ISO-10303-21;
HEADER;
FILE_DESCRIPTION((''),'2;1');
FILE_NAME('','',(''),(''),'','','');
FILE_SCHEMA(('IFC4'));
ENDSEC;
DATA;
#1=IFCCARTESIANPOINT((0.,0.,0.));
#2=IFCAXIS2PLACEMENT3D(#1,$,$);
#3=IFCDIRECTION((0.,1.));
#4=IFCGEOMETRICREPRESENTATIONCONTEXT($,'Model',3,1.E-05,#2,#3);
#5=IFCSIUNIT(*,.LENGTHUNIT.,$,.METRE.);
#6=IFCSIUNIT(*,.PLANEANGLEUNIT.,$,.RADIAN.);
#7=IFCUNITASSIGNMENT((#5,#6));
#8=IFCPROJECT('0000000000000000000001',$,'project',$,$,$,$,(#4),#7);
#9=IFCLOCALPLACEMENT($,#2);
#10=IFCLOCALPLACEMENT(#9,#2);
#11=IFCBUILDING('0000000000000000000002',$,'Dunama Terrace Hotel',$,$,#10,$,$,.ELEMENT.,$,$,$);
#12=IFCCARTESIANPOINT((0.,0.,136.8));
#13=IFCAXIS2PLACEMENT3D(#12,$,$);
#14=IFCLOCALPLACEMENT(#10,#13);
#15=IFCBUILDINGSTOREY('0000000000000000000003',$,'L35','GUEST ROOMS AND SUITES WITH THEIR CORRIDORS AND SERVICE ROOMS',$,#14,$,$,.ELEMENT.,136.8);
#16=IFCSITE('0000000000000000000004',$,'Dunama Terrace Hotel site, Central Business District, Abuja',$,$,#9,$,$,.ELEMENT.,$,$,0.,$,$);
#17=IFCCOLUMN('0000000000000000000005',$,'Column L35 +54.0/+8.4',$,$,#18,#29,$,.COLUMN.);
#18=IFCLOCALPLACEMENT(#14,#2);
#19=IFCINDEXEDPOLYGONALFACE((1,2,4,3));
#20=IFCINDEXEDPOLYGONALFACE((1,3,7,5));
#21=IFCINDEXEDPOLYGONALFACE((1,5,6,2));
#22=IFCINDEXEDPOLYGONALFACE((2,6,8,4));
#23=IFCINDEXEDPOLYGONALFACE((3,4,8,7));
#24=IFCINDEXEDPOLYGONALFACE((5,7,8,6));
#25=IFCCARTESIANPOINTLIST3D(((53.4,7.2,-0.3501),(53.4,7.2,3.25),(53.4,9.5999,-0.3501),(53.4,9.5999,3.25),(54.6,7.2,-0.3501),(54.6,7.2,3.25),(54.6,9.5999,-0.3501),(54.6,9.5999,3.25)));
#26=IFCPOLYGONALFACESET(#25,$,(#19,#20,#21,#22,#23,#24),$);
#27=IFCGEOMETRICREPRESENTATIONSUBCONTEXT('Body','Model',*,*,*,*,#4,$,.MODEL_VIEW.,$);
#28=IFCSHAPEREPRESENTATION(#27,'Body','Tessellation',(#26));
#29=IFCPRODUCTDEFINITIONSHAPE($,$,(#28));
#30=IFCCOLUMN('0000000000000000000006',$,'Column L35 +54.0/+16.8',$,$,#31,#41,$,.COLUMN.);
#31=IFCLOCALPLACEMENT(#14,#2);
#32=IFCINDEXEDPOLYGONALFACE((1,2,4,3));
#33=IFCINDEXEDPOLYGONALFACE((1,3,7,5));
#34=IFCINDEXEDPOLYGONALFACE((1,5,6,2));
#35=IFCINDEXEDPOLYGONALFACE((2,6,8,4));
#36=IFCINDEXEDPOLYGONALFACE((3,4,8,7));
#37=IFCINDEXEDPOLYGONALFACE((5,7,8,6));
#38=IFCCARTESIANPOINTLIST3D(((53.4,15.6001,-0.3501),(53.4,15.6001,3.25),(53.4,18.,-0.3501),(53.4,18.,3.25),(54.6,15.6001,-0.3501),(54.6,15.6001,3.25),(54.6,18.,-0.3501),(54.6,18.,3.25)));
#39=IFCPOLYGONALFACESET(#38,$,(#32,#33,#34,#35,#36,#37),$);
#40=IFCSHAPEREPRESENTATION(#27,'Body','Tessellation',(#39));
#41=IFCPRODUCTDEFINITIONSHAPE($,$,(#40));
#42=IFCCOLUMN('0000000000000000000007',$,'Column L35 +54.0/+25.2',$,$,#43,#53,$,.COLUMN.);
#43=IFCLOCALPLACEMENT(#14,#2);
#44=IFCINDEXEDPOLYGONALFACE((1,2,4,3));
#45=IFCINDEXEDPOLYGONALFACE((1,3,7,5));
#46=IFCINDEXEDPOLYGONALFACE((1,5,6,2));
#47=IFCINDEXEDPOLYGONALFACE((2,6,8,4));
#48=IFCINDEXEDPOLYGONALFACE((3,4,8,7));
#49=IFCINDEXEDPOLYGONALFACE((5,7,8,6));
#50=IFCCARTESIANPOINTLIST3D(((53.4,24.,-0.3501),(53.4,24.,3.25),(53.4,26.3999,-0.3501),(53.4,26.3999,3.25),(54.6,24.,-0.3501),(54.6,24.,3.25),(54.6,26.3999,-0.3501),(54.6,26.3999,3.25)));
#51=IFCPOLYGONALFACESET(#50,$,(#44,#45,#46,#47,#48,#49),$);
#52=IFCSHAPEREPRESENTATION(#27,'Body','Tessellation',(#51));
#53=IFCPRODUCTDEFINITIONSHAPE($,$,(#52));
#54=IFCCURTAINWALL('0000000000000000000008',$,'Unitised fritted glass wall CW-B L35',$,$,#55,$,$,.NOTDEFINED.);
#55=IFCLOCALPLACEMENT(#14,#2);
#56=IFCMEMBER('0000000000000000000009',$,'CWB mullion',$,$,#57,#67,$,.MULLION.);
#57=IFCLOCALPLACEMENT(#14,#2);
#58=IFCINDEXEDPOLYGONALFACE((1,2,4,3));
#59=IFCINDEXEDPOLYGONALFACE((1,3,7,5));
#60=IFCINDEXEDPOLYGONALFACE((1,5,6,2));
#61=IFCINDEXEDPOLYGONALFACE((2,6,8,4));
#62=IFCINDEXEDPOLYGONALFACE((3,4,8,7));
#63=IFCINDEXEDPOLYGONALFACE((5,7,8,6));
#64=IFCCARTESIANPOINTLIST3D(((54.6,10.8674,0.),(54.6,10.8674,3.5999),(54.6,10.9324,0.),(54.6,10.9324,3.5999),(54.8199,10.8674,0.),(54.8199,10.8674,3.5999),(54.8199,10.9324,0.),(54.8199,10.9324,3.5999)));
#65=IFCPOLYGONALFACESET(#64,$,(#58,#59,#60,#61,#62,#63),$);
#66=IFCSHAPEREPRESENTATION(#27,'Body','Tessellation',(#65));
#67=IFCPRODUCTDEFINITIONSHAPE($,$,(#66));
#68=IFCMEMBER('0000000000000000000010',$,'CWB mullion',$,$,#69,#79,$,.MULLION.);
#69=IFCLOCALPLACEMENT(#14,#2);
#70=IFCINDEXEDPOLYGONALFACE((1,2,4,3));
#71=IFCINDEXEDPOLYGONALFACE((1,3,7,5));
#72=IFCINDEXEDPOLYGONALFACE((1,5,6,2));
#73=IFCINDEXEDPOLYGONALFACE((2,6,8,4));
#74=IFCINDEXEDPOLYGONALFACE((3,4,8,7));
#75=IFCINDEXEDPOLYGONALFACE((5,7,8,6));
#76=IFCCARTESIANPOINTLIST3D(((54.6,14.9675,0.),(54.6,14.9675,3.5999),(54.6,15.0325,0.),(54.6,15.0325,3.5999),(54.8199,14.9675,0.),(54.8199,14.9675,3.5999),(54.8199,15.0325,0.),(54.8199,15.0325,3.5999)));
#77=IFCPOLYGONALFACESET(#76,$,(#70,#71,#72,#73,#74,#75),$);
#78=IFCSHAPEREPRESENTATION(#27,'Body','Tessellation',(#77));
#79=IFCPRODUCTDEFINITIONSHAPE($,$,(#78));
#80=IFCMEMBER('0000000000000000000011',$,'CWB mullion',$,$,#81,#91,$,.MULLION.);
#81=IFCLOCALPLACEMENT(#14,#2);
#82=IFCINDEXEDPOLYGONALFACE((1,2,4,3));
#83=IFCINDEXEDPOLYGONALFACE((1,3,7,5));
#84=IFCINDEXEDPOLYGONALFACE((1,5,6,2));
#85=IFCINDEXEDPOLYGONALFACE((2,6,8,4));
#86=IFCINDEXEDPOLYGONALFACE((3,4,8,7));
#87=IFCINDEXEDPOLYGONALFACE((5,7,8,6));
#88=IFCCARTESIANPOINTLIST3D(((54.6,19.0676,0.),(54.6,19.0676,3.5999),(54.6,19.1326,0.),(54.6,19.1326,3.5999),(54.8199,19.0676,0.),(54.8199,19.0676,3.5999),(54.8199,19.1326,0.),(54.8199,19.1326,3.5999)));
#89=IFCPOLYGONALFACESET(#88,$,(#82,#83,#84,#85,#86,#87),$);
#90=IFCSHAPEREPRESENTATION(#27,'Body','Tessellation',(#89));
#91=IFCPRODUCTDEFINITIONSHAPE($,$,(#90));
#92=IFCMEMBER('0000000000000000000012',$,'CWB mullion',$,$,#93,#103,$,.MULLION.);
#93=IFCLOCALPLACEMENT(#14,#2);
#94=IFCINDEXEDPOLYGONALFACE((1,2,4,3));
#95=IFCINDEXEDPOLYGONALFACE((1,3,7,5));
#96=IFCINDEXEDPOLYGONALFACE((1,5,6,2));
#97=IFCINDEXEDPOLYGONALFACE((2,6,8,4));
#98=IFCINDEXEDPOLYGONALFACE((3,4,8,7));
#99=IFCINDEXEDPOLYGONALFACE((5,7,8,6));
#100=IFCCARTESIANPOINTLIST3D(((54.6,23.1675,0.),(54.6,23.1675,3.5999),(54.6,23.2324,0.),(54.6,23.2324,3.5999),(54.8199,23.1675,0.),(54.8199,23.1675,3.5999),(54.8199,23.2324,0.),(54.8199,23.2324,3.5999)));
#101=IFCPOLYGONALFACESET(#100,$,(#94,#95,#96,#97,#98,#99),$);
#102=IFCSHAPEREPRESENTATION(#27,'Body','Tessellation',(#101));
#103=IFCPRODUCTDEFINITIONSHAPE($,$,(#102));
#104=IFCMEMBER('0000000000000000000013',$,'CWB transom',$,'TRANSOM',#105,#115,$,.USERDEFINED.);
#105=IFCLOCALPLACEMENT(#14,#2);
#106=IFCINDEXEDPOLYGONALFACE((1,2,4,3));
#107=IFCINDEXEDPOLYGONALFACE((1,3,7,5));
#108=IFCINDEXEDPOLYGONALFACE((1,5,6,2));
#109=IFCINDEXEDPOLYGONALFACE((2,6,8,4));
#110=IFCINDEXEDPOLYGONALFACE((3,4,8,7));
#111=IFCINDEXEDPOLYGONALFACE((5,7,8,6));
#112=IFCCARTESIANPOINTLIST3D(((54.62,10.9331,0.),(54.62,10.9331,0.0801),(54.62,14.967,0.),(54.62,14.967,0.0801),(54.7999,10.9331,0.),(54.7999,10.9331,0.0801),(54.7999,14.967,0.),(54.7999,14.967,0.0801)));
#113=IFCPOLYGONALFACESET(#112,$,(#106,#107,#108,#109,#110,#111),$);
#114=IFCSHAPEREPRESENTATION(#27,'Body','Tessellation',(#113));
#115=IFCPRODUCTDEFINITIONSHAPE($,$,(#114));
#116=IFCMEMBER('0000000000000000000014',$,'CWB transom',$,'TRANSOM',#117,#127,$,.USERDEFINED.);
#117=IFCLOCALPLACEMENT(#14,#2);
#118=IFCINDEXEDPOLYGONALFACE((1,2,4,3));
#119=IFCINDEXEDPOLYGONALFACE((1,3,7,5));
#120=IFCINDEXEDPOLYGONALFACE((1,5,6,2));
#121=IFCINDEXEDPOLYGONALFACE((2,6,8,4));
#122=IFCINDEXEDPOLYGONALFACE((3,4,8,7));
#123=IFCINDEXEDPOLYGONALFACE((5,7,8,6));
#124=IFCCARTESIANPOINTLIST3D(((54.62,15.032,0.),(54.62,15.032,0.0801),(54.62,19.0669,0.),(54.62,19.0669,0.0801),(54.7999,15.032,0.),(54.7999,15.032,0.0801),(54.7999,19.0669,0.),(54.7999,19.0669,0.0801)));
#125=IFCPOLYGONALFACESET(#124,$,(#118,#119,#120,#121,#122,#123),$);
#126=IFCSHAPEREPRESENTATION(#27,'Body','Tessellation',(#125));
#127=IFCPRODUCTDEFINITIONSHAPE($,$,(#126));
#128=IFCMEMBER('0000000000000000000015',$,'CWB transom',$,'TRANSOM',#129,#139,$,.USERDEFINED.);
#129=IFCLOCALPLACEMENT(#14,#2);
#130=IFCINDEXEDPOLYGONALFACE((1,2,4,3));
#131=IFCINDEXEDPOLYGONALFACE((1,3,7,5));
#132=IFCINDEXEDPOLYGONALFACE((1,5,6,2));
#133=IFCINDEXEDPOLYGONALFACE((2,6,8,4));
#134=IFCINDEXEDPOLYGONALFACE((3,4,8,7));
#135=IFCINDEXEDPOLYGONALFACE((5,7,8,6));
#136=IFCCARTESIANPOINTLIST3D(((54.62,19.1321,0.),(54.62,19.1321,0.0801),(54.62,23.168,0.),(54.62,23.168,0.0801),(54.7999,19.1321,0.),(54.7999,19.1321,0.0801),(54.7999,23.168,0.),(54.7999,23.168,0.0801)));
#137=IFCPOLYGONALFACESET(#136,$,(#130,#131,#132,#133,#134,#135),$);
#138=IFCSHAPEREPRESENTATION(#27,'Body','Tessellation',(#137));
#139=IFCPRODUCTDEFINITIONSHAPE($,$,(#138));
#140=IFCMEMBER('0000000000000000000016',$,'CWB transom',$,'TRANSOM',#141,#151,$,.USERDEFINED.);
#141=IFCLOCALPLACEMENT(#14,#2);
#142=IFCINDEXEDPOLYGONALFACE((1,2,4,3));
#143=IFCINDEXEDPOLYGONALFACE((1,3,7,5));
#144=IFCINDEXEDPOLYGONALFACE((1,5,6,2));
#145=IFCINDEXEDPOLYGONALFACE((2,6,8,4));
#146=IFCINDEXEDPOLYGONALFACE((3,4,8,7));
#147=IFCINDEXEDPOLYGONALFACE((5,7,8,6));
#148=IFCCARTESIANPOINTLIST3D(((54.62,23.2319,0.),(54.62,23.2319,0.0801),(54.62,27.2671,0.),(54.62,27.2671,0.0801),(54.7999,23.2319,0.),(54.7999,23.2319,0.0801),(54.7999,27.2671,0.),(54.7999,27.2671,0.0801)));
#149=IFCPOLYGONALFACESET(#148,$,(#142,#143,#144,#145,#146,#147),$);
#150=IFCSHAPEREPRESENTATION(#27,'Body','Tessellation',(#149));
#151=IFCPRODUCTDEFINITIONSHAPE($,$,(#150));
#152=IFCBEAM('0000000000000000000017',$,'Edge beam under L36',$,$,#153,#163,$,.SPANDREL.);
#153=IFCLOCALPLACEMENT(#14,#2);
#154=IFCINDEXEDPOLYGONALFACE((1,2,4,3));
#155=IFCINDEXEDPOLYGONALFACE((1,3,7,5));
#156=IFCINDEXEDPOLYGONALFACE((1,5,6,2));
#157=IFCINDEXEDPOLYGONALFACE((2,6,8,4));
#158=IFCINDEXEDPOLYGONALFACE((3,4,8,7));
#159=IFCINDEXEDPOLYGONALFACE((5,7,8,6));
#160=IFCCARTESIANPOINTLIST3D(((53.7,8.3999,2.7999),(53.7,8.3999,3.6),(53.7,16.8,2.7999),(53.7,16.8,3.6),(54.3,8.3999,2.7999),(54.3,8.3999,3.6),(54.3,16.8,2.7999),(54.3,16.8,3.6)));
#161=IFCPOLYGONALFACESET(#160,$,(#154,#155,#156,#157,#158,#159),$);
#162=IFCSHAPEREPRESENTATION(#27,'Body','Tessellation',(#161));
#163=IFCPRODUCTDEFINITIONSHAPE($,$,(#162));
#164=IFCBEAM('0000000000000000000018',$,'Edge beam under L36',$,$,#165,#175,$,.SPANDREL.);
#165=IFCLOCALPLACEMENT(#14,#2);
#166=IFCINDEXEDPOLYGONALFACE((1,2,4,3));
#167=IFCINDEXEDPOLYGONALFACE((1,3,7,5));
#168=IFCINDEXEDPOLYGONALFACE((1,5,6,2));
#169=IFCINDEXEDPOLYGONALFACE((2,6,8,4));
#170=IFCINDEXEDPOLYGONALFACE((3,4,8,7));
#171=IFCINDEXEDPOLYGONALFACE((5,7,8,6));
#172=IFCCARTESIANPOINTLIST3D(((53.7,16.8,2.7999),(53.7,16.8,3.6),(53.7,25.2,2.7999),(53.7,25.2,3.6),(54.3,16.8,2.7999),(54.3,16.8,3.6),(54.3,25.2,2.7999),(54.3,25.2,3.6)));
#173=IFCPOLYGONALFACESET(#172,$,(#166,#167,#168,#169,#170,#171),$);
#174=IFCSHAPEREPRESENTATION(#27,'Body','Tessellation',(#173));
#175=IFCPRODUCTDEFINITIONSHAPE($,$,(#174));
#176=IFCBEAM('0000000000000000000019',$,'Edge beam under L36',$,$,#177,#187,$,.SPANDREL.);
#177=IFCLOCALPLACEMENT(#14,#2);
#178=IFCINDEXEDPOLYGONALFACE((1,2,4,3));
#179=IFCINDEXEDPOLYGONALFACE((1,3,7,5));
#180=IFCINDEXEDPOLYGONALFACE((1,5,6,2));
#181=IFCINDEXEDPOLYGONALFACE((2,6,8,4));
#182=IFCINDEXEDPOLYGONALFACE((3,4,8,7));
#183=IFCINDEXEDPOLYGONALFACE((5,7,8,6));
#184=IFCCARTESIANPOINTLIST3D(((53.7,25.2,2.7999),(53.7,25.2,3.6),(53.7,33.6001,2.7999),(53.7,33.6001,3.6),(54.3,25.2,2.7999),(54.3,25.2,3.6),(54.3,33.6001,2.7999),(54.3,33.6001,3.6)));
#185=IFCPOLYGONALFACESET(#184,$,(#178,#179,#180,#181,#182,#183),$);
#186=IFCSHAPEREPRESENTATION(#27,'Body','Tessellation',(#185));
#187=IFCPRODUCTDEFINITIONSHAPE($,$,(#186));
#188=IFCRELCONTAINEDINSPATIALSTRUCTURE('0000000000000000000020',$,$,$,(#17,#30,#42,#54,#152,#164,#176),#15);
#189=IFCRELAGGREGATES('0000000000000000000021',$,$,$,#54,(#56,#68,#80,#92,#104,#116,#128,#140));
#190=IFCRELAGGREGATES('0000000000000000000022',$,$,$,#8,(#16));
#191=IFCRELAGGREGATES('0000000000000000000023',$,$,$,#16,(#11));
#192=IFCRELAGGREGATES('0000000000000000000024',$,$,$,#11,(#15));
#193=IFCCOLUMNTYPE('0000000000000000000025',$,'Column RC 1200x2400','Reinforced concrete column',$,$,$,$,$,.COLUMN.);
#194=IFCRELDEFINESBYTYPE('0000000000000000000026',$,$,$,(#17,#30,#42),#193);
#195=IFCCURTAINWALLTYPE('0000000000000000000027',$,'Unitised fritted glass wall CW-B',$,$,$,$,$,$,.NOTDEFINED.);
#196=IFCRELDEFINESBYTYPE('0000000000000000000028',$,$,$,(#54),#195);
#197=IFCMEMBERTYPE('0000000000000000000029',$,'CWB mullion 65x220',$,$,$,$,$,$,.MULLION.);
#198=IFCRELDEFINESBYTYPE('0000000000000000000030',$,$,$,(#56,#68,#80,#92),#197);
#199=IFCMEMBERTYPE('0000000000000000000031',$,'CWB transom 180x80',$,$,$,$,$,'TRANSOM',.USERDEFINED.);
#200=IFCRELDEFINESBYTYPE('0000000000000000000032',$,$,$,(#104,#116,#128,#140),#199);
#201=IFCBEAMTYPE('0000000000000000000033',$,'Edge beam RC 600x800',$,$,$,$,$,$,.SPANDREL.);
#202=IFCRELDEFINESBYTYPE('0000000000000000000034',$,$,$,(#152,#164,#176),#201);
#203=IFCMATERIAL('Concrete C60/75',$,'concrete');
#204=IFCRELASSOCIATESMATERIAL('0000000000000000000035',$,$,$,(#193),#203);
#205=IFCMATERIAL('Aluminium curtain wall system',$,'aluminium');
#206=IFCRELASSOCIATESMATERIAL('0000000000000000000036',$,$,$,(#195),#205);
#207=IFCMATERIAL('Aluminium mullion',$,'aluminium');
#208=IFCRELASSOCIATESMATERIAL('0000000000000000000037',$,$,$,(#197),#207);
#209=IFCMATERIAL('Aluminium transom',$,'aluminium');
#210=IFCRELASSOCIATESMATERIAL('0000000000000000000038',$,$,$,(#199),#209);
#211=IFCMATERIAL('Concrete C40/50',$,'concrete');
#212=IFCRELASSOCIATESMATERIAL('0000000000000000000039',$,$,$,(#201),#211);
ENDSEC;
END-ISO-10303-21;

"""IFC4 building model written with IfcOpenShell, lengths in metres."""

from ifc_helpers import new_model, si_unit, direction, frame, origin, origin_2d, place, context, subcontext, project, spatial, rectangle, extrude, material, material_profile, profile_set, type_object, element, aggregate, save


model = new_model("IFC4")

# Units and contexts
model_context = context("Model", 3, precision=1e-05, world=origin(), true_north=direction((0.0, 1.0)))
body_context = subcontext(model_context, "Body", "Model", "MODEL_VIEW")
ifc_project = project(units=[si_unit("LENGTHUNIT", "METRE"), si_unit("PLANEANGLEUNIT", "RADIAN")], contexts=[model_context])

# Site, building, storey
site_placement = place(None, origin())
site = spatial("IfcSite", under=ifc_project, at=site_placement, Name="Dunama Terrace Hotel site, Central Business District, Abuja", CompositionType="ELEMENT", RefElevation=0.0)
building_placement = place(site_placement, origin())
building = spatial("IfcBuilding", under=site, at=building_placement, Name="Dunama Terrace Hotel", CompositionType="ELEMENT")
storey_placement = place(building_placement, frame((0.0, 0.0, 136.8)))
storey = spatial("IfcBuildingStorey", under=building, at=storey_placement, Name="L35", Description="GUEST ROOMS AND SUITES WITH THEIR CORRIDORS AND SERVICE ROOMS", CompositionType="ELEMENT", Elevation=136.8)

# Columns
ifc_material_1 = material(Name="Concrete C60/75", Category="concrete")
ifc_material_profile_1 = material_profile(ifc_material_1, rectangle(XDim=1.2, YDim=2.3999, at=origin_2d()), Name="RC 1200x2400")
ifc_profile_set_1 = profile_set([ifc_material_profile_1], Name="Concrete C60/75")
column_type = type_object("IfcColumnType", Name="Column RC 1200x2400", Description="Reinforced concrete column", PredefinedType="COLUMN", material=ifc_profile_set_1)
for number, where, z_axis, x_axis, name in (
    (1, (54.0, 8.3999, -0.3501), (0.0, 0.0, 1.0), (1.0, 0.0, 0.0), "Column L35 +54.0/+8.4"),
    (2, (54.0, 16.8, -0.3501), (0.0, 0.0, 1.0), (1.0, 0.0, 0.0), "Column L35 +54.0/+16.8"),
    (3, (54.0, 25.2, -0.3501), (0.0, 0.0, 1.0), (1.0, 0.0, 0.0), "Column L35 +54.0/+25.2"),
):
    element("IfcColumn", number, at=place(storey_placement, frame(where, z_axis=z_axis, x_axis=x_axis)), inside=storey, type_object=column_type, Name=name, PredefinedType="COLUMN", context=body_context, shape_type="SweptSolid", body=[
        extrude(rectangle(XDim=1.2, YDim=2.3999, at=origin_2d()), origin(), (0.0, 0.0, 1.0), 3.6001),
    ])

# Curtain wall, members
ifc_material_2 = material(Name="Aluminium curtain wall system", Category="aluminium")
curtain_wall_type = type_object("IfcCurtainWallType", Name="Unitised fritted glass wall CW-B", PredefinedType="NOTDEFINED", material=ifc_material_2)
curtain_wall_placement = place(storey_placement, origin())
curtain_wall = element("IfcCurtainWall", 4, at=curtain_wall_placement, inside=storey, type_object=curtain_wall_type, Name="Unitised fritted glass wall CW-B L35", PredefinedType="NOTDEFINED")
ifc_material_3 = material(Name="Aluminium mullion", Category="aluminium")
ifc_material_profile_2 = material_profile(ifc_material_3, rectangle(XDim=0.0649, YDim=0.22, at=origin_2d()), Name="CWB MULLION 65X220")
ifc_profile_set_2 = profile_set([ifc_material_profile_2], Name="Aluminium mullion")
member_type_1 = type_object("IfcMemberType", Name="CWB mullion 65x220", PredefinedType="MULLION", material=ifc_profile_set_2)
member_1_placement = place(storey_placement, frame((54.71, 10.8999, 0.0), z_axis=(0.0, 0.0, 1.0), x_axis=(0.0, 1.0, 0.0)))
member_1 = element("IfcMember", 5, at=member_1_placement, type_object=member_type_1, Name="CWB mullion", PredefinedType="MULLION", context=body_context, shape_type="SweptSolid", body=[
    extrude(rectangle(XDim=0.0649, YDim=0.22, at=origin_2d()), origin(), (0.0, 0.0, 1.0), 3.5999),
])
member_2_placement = place(storey_placement, frame((54.71, 15.0, 0.0), z_axis=(0.0, 0.0, 1.0), x_axis=(0.0, 1.0, 0.0)))
member_2 = element("IfcMember", 6, at=member_2_placement, type_object=member_type_1, Name="CWB mullion", PredefinedType="MULLION", context=body_context, shape_type="SweptSolid", body=[
    extrude(rectangle(XDim=0.0649, YDim=0.22, at=origin_2d()), origin(), (0.0, 0.0, 1.0), 3.5999),
])
member_3_placement = place(storey_placement, frame((54.71, 19.1001, 0.0), z_axis=(0.0, 0.0, 1.0), x_axis=(0.0, 1.0, 0.0)))
member_3 = element("IfcMember", 7, at=member_3_placement, type_object=member_type_1, Name="CWB mullion", PredefinedType="MULLION", context=body_context, shape_type="SweptSolid", body=[
    extrude(rectangle(XDim=0.0649, YDim=0.22, at=origin_2d()), origin(), (0.0, 0.0, 1.0), 3.5999),
])
member_4_placement = place(storey_placement, frame((54.71, 23.2, 0.0), z_axis=(0.0, 0.0, 1.0), x_axis=(0.0, 1.0, 0.0)))
member_4 = element("IfcMember", 8, at=member_4_placement, type_object=member_type_1, Name="CWB mullion", PredefinedType="MULLION", context=body_context, shape_type="SweptSolid", body=[
    extrude(rectangle(XDim=0.0649, YDim=0.22, at=origin_2d()), origin(), (0.0, 0.0, 1.0), 3.5999),
])
ifc_material_4 = material(Name="Aluminium transom", Category="aluminium")
ifc_material_profile_3 = material_profile(ifc_material_4, rectangle(XDim=0.1799, YDim=0.0801, at=origin_2d()), Name="CWB TRANSOM 180X80")
ifc_profile_set_3 = profile_set([ifc_material_profile_3], Name="Aluminium transom")
member_type_2 = type_object("IfcMemberType", Name="CWB transom 180x80", ElementType="TRANSOM", PredefinedType="USERDEFINED", material=ifc_profile_set_3)
member_5_placement = place(storey_placement, frame((54.71, 10.9331, 0.04), z_axis=(0.0, 1.0, 0.0), x_axis=(-1.0, 0.0, 0.0)))
member_5 = element("IfcMember", 9, at=member_5_placement, type_object=member_type_2, Name="CWB transom", ObjectType="TRANSOM", PredefinedType="USERDEFINED", context=body_context, shape_type="SweptSolid", body=[
    extrude(rectangle(XDim=0.1799, YDim=0.0801, at=origin_2d()), origin(), (0.0, 0.0, 1.0), 4.0339),
])
member_6_placement = place(storey_placement, frame((54.71, 15.032, 0.04), z_axis=(0.0, 1.0, 0.0), x_axis=(-1.0, 0.0, 0.0)))
member_6 = element("IfcMember", 10, at=member_6_placement, type_object=member_type_2, Name="CWB transom", ObjectType="TRANSOM", PredefinedType="USERDEFINED", context=body_context, shape_type="SweptSolid", body=[
    extrude(rectangle(XDim=0.1799, YDim=0.0801, at=origin_2d()), origin(), (0.0, 0.0, 1.0), 4.0349),
])
member_7_placement = place(storey_placement, frame((54.71, 19.1321, 0.04), z_axis=(0.0, 1.0, 0.0), x_axis=(-1.0, 0.0, 0.0)))
member_7 = element("IfcMember", 11, at=member_7_placement, type_object=member_type_2, Name="CWB transom", ObjectType="TRANSOM", PredefinedType="USERDEFINED", context=body_context, shape_type="SweptSolid", body=[
    extrude(rectangle(XDim=0.1799, YDim=0.0801, at=origin_2d()), origin(), (0.0, 0.0, 1.0), 4.0359),
])
member_8_placement = place(storey_placement, frame((54.71, 23.2319, 0.04), z_axis=(0.0, 1.0, 0.0), x_axis=(-1.0, 0.0, 0.0)))
member_8 = element("IfcMember", 12, at=member_8_placement, type_object=member_type_2, Name="CWB transom", ObjectType="TRANSOM", PredefinedType="USERDEFINED", context=body_context, shape_type="SweptSolid", body=[
    extrude(rectangle(XDim=0.1799, YDim=0.0801, at=origin_2d()), origin(), (0.0, 0.0, 1.0), 4.0352),
])

# Beams
ifc_material_5 = material(Name="Concrete C40/50", Category="concrete")
ifc_material_profile_4 = material_profile(ifc_material_5, rectangle(XDim=0.6001, YDim=0.8, at=origin_2d()), Name="RC 600x800")
ifc_profile_set_4 = profile_set([ifc_material_profile_4], Name="Concrete C40/50")
beam_type = type_object("IfcBeamType", Name="Edge beam RC 600x800", PredefinedType="SPANDREL", material=ifc_profile_set_4)
beam_1_placement = place(storey_placement, frame((54.0, 8.3999, 3.2), z_axis=(0.0, 1.0, 0.0), x_axis=(-1.0, 0.0, 0.0)))
element("IfcBeam", 13, at=beam_1_placement, inside=storey, type_object=beam_type, Name="Edge beam under L36", PredefinedType="SPANDREL", context=body_context, shape_type="SweptSolid", body=[
    extrude(rectangle(XDim=0.6001, YDim=0.8, at=origin_2d()), origin(), (0.0, 0.0, 1.0), 8.4001),
])
beam_2_placement = place(storey_placement, frame((54.0, 16.8, 3.2), z_axis=(0.0, 1.0, 0.0), x_axis=(-1.0, 0.0, 0.0)))
element("IfcBeam", 14, at=beam_2_placement, inside=storey, type_object=beam_type, Name="Edge beam under L36", PredefinedType="SPANDREL", context=body_context, shape_type="SweptSolid", body=[
    extrude(rectangle(XDim=0.6001, YDim=0.8, at=origin_2d()), origin(), (0.0, 0.0, 1.0), 8.3999),
])
beam_3_placement = place(storey_placement, frame((54.0, 25.2, 3.2), z_axis=(0.0, 1.0, 0.0), x_axis=(-1.0, 0.0, 0.0)))
element("IfcBeam", 15, at=beam_3_placement, inside=storey, type_object=beam_type, Name="Edge beam under L36", PredefinedType="SPANDREL", context=body_context, shape_type="SweptSolid", body=[
    extrude(rectangle(XDim=0.6001, YDim=0.8, at=origin_2d()), origin(), (0.0, 0.0, 1.0), 8.4001),
])

aggregate(curtain_wall, [member_1, member_2, member_3, member_4, member_5, member_6, member_7, member_8])

save(model, "model.ifc")
